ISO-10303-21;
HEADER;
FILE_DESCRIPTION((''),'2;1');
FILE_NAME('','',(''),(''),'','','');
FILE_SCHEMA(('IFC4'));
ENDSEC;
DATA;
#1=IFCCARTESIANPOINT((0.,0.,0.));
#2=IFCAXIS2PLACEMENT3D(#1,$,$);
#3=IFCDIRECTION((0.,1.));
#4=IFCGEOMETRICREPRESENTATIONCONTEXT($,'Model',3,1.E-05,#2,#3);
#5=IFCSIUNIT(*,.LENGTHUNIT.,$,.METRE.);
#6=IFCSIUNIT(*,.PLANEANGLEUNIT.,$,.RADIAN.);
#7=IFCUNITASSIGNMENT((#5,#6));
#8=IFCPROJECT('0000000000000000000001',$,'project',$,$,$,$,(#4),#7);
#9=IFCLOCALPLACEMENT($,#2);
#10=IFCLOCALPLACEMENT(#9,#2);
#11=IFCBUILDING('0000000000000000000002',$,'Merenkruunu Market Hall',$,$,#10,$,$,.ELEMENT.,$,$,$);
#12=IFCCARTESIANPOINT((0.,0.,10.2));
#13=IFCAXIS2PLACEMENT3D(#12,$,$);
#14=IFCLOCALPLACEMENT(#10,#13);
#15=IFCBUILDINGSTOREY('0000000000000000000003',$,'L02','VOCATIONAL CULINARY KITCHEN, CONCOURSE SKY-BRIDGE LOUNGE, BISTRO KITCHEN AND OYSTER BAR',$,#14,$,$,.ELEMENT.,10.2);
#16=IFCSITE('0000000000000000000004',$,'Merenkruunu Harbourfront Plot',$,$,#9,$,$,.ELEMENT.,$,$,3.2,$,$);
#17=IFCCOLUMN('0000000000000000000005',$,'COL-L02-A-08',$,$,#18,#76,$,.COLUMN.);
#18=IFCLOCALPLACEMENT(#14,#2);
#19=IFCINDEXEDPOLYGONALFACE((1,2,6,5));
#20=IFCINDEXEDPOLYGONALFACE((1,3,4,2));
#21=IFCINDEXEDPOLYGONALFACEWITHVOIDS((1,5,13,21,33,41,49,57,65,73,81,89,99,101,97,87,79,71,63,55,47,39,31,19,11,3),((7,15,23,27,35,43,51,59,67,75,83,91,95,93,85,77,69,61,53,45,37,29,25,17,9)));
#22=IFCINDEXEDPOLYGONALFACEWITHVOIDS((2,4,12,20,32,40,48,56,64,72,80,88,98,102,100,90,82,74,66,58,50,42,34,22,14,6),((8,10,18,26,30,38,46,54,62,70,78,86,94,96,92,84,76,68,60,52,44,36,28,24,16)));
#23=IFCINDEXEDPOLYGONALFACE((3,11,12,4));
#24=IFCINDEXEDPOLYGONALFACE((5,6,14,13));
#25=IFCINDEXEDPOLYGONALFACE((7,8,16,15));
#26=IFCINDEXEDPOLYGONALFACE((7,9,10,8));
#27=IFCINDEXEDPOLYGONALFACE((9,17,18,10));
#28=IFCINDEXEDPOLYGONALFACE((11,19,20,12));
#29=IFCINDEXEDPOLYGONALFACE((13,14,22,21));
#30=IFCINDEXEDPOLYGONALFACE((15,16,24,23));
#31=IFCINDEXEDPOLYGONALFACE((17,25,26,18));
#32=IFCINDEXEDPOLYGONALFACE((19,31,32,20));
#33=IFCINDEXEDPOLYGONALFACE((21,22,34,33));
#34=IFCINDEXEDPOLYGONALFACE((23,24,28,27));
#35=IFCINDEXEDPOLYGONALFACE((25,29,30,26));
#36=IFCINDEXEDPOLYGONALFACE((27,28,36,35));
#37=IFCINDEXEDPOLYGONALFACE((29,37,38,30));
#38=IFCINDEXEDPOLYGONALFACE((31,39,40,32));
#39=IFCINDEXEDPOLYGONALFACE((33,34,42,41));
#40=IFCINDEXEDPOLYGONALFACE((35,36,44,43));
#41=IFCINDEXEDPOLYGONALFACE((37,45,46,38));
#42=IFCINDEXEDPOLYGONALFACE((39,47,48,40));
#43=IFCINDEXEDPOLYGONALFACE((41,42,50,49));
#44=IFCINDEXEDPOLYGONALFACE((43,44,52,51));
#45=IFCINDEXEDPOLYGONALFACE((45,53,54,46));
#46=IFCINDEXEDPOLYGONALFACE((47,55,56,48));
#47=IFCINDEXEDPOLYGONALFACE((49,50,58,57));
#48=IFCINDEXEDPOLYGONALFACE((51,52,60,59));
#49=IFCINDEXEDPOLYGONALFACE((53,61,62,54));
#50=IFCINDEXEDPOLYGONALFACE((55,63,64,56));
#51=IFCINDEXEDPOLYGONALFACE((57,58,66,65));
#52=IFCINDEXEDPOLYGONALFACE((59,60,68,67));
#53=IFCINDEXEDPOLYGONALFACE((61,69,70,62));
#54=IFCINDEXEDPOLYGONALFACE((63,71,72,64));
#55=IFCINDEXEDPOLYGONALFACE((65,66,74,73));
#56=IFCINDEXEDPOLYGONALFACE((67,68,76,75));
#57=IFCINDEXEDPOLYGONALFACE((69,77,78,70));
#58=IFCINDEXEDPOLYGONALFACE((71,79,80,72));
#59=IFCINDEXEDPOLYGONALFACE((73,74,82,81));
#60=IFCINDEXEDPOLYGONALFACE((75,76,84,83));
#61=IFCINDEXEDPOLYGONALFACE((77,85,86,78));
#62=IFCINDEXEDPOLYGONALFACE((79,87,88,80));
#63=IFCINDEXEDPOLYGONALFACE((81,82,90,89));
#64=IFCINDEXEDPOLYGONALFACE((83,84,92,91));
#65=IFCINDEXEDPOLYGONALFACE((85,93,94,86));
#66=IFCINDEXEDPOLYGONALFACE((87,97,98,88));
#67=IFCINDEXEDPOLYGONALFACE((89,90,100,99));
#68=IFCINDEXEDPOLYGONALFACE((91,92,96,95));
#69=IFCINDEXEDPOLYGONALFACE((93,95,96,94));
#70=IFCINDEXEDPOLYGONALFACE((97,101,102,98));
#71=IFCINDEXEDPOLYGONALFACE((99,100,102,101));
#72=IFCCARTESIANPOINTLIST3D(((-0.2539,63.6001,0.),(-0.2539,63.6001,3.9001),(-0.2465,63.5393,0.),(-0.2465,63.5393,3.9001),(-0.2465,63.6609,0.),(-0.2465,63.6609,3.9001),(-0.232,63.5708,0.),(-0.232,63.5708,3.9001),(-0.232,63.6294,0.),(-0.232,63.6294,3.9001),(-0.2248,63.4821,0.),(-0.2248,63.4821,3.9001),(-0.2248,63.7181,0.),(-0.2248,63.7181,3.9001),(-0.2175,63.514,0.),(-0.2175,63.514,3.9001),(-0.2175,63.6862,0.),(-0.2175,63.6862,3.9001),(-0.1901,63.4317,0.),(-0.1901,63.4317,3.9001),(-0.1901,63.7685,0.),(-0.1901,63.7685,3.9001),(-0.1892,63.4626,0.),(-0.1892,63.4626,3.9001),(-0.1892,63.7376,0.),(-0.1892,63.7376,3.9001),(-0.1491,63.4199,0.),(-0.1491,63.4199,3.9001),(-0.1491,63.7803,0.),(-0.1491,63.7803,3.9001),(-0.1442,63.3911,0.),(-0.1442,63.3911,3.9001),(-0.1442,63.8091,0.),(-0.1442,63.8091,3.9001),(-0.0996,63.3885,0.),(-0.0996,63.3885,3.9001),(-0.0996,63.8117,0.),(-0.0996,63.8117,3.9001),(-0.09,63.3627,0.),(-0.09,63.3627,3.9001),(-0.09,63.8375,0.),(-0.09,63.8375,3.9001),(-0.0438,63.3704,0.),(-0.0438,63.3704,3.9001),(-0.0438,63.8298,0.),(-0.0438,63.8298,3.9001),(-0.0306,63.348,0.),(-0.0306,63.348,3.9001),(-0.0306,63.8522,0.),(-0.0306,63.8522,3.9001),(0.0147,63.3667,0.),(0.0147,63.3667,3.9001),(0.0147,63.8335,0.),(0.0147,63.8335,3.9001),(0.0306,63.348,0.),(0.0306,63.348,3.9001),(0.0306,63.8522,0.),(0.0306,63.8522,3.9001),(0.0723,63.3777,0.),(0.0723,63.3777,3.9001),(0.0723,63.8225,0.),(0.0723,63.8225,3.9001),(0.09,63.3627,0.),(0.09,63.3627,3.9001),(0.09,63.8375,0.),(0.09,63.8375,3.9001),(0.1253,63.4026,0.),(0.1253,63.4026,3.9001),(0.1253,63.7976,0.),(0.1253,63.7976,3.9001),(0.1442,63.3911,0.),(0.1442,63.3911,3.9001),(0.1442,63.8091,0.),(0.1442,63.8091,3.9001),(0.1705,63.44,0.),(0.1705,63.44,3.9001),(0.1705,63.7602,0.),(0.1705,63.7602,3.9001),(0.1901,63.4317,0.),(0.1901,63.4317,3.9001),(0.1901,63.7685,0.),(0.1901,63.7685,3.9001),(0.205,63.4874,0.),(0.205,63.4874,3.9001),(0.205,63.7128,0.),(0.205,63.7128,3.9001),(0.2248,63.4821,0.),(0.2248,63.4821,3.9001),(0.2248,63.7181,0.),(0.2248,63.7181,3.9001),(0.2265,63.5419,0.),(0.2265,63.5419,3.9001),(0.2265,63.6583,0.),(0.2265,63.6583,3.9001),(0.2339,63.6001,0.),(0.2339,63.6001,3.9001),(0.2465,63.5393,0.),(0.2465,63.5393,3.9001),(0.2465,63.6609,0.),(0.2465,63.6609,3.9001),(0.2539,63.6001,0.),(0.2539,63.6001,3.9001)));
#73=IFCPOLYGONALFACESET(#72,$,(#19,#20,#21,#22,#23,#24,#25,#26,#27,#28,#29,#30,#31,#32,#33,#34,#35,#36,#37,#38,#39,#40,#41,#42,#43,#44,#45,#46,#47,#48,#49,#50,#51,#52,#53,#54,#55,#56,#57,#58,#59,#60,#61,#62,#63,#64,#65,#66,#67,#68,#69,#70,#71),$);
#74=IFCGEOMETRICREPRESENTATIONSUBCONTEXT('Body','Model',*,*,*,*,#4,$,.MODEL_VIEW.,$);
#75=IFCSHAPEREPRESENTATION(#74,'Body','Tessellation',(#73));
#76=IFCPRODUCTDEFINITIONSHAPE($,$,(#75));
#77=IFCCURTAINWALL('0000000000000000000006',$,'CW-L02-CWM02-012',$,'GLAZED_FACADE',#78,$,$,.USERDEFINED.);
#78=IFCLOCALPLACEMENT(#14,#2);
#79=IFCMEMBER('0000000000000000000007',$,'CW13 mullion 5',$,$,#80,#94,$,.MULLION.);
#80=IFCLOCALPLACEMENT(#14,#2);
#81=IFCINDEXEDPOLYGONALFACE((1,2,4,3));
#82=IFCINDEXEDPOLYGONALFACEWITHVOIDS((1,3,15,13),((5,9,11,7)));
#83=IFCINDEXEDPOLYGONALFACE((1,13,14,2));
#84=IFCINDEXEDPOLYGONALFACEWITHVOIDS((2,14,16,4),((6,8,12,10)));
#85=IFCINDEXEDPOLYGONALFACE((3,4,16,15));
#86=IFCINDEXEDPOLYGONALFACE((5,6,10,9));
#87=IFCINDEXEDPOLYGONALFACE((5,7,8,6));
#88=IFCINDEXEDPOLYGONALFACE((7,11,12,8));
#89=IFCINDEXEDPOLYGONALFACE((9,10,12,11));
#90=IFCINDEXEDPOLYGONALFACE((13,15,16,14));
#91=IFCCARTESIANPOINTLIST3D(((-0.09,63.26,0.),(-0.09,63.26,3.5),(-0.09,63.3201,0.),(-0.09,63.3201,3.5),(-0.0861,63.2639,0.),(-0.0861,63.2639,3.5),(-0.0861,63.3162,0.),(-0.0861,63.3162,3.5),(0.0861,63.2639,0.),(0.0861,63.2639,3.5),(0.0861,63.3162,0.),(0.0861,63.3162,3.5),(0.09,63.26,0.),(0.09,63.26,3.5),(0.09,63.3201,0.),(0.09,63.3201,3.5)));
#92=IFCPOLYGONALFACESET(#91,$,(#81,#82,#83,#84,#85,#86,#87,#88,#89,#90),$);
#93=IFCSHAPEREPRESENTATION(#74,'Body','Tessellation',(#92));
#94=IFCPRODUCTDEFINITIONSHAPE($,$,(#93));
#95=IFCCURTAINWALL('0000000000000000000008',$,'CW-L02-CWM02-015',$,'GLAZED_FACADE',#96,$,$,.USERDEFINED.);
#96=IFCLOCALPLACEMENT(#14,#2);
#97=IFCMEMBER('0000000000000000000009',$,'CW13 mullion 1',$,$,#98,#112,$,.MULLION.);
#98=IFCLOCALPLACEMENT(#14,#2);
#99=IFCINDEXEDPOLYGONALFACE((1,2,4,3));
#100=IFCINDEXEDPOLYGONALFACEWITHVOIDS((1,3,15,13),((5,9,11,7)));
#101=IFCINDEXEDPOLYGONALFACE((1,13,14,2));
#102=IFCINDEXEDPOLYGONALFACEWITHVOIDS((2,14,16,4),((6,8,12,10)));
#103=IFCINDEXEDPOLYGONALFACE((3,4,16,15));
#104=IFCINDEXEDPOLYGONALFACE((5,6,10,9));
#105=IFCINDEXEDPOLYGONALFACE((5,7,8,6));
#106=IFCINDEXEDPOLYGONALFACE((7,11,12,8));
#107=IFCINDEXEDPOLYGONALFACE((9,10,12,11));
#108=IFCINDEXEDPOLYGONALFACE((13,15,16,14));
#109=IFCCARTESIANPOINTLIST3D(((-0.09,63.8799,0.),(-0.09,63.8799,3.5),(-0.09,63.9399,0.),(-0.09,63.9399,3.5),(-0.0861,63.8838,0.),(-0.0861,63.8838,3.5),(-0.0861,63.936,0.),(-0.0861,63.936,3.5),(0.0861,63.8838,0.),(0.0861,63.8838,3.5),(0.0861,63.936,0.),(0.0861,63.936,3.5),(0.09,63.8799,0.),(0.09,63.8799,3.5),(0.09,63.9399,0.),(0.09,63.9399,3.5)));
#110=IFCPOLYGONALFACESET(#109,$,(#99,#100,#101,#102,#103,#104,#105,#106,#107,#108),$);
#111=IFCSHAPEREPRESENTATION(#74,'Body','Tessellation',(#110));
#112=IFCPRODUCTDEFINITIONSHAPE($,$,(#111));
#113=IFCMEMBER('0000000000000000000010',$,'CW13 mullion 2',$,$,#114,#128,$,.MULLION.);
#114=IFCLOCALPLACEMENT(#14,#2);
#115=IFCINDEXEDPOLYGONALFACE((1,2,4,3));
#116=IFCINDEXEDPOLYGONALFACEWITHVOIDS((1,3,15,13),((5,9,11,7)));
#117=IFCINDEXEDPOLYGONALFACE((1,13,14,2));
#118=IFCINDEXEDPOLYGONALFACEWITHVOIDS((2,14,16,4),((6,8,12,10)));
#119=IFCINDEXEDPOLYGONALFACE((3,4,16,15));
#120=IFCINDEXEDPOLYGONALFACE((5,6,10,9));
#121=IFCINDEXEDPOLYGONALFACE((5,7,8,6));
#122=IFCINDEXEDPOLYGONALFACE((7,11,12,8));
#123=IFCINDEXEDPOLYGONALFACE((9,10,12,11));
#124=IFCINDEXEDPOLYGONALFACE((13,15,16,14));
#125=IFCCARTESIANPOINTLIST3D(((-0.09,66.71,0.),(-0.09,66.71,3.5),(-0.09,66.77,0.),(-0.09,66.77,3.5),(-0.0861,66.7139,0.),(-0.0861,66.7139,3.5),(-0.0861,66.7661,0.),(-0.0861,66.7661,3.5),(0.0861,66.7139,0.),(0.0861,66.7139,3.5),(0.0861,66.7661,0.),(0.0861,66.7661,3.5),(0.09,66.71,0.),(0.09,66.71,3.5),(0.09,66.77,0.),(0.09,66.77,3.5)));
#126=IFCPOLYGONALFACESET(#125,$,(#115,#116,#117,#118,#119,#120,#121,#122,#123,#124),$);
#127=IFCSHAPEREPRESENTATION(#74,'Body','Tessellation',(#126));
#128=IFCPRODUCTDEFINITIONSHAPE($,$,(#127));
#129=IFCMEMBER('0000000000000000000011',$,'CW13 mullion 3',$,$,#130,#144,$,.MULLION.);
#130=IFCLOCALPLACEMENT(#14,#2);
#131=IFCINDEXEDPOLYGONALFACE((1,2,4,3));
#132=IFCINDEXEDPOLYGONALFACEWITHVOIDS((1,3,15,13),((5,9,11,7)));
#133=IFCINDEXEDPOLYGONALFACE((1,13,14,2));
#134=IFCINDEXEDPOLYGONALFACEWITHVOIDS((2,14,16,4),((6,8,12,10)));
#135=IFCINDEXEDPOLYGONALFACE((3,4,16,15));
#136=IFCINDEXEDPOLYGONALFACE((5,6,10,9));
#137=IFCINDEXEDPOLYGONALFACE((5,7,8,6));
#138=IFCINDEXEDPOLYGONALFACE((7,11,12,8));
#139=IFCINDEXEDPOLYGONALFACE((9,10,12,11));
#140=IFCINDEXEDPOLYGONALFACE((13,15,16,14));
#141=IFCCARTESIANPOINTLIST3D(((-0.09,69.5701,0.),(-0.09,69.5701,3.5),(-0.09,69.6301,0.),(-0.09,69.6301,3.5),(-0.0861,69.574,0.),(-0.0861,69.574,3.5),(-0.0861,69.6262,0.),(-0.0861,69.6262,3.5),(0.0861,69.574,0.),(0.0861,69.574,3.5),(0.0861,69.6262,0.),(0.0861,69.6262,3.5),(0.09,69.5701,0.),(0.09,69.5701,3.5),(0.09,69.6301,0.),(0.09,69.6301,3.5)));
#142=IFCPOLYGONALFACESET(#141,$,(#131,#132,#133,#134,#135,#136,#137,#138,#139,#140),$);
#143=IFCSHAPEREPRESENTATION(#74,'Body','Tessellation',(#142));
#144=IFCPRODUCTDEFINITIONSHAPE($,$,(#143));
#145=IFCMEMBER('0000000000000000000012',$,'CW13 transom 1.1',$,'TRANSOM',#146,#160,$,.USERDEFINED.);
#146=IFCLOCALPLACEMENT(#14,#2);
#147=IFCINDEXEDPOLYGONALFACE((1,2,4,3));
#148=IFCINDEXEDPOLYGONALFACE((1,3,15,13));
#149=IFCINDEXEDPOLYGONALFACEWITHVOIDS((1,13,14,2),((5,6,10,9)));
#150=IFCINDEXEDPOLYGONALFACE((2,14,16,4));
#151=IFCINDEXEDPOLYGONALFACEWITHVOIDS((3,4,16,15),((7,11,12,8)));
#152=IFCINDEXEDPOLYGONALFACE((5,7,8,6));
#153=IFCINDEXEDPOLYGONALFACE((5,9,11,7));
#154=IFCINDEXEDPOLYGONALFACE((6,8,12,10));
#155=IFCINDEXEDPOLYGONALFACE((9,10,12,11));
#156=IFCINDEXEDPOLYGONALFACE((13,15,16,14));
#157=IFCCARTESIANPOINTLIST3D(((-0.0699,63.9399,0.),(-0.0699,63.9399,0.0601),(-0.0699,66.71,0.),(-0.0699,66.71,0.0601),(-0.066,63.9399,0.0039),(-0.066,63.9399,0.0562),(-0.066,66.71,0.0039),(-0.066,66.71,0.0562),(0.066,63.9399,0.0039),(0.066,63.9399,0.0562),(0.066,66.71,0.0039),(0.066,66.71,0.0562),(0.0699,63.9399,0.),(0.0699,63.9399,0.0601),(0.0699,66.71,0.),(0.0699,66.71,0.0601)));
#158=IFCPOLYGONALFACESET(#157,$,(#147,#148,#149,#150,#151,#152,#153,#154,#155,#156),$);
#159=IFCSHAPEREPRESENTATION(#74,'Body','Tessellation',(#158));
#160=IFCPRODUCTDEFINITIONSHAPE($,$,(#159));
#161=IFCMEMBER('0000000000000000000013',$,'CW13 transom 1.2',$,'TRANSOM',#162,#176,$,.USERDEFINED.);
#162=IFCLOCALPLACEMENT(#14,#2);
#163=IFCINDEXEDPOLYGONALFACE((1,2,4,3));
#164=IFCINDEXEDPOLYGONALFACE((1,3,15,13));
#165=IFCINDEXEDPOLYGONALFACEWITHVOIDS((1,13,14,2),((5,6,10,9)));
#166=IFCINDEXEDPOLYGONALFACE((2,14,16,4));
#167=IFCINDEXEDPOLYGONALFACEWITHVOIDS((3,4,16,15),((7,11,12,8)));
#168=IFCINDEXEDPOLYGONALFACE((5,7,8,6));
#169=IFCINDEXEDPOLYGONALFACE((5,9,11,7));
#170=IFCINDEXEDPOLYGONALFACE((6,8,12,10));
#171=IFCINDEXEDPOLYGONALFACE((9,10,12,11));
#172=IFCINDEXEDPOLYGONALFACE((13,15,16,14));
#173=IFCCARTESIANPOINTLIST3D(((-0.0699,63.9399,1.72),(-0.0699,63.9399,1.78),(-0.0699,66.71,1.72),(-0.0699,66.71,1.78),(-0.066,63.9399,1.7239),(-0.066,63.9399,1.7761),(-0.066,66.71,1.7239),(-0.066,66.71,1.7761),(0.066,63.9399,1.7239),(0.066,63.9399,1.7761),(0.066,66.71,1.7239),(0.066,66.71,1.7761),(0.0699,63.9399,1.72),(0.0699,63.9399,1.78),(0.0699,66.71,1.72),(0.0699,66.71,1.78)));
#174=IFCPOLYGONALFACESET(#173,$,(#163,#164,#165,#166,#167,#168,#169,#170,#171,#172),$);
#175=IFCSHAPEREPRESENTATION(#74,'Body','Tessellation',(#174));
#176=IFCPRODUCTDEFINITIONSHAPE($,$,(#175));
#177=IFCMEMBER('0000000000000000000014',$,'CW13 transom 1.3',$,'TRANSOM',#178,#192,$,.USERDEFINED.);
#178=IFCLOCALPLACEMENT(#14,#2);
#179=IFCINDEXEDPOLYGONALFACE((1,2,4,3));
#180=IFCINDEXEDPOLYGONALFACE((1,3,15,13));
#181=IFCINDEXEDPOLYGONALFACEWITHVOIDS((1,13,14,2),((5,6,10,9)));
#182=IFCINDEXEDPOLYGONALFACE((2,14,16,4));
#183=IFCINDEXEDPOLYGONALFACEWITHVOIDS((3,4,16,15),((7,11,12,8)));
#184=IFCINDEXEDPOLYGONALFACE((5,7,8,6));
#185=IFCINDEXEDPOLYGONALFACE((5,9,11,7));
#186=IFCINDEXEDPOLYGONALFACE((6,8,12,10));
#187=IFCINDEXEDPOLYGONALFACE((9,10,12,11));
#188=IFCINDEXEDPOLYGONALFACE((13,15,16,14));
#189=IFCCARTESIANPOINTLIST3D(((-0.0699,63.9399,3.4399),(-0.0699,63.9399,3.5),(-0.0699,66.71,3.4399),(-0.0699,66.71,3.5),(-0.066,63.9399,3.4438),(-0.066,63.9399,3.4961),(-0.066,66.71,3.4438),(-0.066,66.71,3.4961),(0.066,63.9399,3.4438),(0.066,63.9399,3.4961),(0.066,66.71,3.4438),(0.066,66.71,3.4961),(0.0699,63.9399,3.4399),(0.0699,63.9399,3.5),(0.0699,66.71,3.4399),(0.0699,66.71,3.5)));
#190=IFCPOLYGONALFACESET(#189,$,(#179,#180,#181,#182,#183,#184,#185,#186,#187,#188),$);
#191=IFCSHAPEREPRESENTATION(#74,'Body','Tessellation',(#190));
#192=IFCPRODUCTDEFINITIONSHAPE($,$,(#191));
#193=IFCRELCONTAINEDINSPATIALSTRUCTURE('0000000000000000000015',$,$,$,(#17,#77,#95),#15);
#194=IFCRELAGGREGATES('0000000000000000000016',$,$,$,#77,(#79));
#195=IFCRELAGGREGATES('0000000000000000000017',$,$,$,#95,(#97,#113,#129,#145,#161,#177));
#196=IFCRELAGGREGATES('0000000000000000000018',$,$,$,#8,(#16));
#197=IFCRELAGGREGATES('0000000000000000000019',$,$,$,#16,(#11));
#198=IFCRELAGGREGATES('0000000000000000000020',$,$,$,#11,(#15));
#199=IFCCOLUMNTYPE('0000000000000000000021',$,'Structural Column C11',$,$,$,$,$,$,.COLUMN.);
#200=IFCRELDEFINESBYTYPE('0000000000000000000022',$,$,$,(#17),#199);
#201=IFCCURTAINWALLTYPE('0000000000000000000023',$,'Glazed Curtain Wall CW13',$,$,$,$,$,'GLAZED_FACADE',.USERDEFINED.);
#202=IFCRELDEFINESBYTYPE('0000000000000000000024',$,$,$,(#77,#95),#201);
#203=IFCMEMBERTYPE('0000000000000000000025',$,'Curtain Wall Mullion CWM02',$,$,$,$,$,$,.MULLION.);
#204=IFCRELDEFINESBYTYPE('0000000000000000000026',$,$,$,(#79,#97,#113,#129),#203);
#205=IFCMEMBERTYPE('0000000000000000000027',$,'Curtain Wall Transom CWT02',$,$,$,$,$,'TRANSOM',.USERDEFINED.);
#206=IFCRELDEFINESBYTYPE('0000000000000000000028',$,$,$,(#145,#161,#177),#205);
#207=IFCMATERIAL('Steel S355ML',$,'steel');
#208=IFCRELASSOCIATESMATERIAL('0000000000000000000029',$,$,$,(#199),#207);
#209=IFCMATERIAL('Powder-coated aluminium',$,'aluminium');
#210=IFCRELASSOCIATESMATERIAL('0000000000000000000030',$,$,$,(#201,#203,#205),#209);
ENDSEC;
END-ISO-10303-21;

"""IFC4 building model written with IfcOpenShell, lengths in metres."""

from ifc_helpers import new_model, si_unit, direction, frame, origin, origin_2d, place, context, subcontext, project, spatial, hollow_rectangle, hollow_circle, extrude, material, material_profile, profile_set, type_object, element, aggregate, save


model = new_model("IFC4")

# Units and contexts
model_context = context("Model", 3, precision=1e-05, world=origin(), true_north=direction((0.0, 1.0)))
body_context = subcontext(model_context, "Body", "Model", "MODEL_VIEW")
ifc_project = project(units=[si_unit("LENGTHUNIT", "METRE"), si_unit("PLANEANGLEUNIT", "RADIAN")], contexts=[model_context])

# Site, building, storey
site_placement = place(None, origin())
site = spatial("IfcSite", under=ifc_project, at=site_placement, Name="Merenkruunu Harbourfront Plot", CompositionType="ELEMENT", RefElevation=3.2)
building_placement = place(site_placement, origin())
building = spatial("IfcBuilding", under=site, at=building_placement, Name="Merenkruunu Market Hall", CompositionType="ELEMENT")
storey_placement = place(building_placement, frame((0.0, 0.0, 10.2)))
storey = spatial("IfcBuildingStorey", under=building, at=storey_placement, Name="L02", Description="VOCATIONAL CULINARY KITCHEN, CONCOURSE SKY-BRIDGE LOUNGE, BISTRO KITCHEN AND OYSTER BAR", CompositionType="ELEMENT", Elevation=10.2)

# Column
ifc_material_1 = material(Name="Steel S355ML", Category="steel")
ifc_material_profile_1 = material_profile(ifc_material_1, hollow_circle(Radius=0.2539, WallThickness=0.02, at=origin_2d()), Name="CHS 508x20")
ifc_profile_set_1 = profile_set([ifc_material_profile_1], Name="Steel S355ML")
column_type = type_object("IfcColumnType", Name="Structural Column C11", PredefinedType="COLUMN", material=ifc_profile_set_1)
column_placement = place(storey_placement, frame((0.0, 63.6001, 0.0), z_axis=(0.0, 0.0, 1.0), x_axis=(1.0, 0.0, 0.0)))
element("IfcColumn", 1, at=column_placement, inside=storey, type_object=column_type, Name="COL-L02-A-08", PredefinedType="COLUMN", context=body_context, shape_type="SweptSolid", body=[
    extrude(hollow_circle(Radius=0.2539, WallThickness=0.02, at=origin_2d()), origin(), (0.0, 0.0, 1.0), 3.9001),
])

# Curtain wall, member
ifc_material_2 = material(Name="Powder-coated aluminium", Category="aluminium")
curtain_wall_type = type_object("IfcCurtainWallType", Name="Glazed Curtain Wall CW13", ElementType="GLAZED_FACADE", PredefinedType="USERDEFINED", material=ifc_material_2)
curtain_wall_1_placement = place(storey_placement, origin())
curtain_wall_1 = element("IfcCurtainWall", 2, at=curtain_wall_1_placement, inside=storey, type_object=curtain_wall_type, Name="CW-L02-CWM02-012", ObjectType="GLAZED_FACADE", PredefinedType="USERDEFINED")
ifc_material_profile_2 = material_profile(ifc_material_2, hollow_rectangle(XDim=0.0601, YDim=0.1799, WallThickness=0.0039, at=origin_2d()), Name="ALU 60x180x4")
ifc_profile_set_2 = profile_set([ifc_material_profile_2], Name="Powder-coated aluminium")
member_type_1 = type_object("IfcMemberType", Name="Curtain Wall Mullion CWM02", PredefinedType="MULLION", material=ifc_profile_set_2)
member_1_placement = place(storey_placement, frame((0.0, 63.29, 0.0), z_axis=(0.0, 0.0, 1.0), x_axis=(0.0, 1.0, 0.0)))
member_1 = element("IfcMember", 3, at=member_1_placement, type_object=member_type_1, Name="CW13 mullion 5", PredefinedType="MULLION", context=body_context, shape_type="SweptSolid", body=[
    extrude(hollow_rectangle(XDim=0.0601, YDim=0.1799, WallThickness=0.0039, at=origin_2d()), origin(), (0.0, 0.0, 1.0), 3.5),
])

# Curtain wall, members
curtain_wall_2_placement = place(storey_placement, origin())
curtain_wall_2 = element("IfcCurtainWall", 4, at=curtain_wall_2_placement, inside=storey, type_object=curtain_wall_type, Name="CW-L02-CWM02-015", ObjectType="GLAZED_FACADE", PredefinedType="USERDEFINED")
member_2_placement = place(storey_placement, frame((0.0, 63.9099, 0.0), z_axis=(0.0, 0.0, 1.0), x_axis=(0.0, 1.0, 0.0)))
member_2 = element("IfcMember", 5, at=member_2_placement, type_object=member_type_1, Name="CW13 mullion 1", PredefinedType="MULLION", context=body_context, shape_type="SweptSolid", body=[
    extrude(hollow_rectangle(XDim=0.0601, YDim=0.1799, WallThickness=0.0039, at=origin_2d()), origin(), (0.0, 0.0, 1.0), 3.5),
])
member_3_placement = place(storey_placement, frame((0.0, 66.74, 0.0), z_axis=(0.0, 0.0, 1.0), x_axis=(0.0, 1.0, 0.0)))
member_3 = element("IfcMember", 6, at=member_3_placement, type_object=member_type_1, Name="CW13 mullion 2", PredefinedType="MULLION", context=body_context, shape_type="SweptSolid", body=[
    extrude(hollow_rectangle(XDim=0.0601, YDim=0.1799, WallThickness=0.0039, at=origin_2d()), origin(), (0.0, 0.0, 1.0), 3.5),
])
member_4_placement = place(storey_placement, frame((0.0, 69.6001, 0.0), z_axis=(0.0, 0.0, 1.0), x_axis=(0.0, 1.0, 0.0)))
member_4 = element("IfcMember", 7, at=member_4_placement, type_object=member_type_1, Name="CW13 mullion 3", PredefinedType="MULLION", context=body_context, shape_type="SweptSolid", body=[
    extrude(hollow_rectangle(XDim=0.0601, YDim=0.1799, WallThickness=0.0039, at=origin_2d()), origin(), (0.0, 0.0, 1.0), 3.5),
])
ifc_material_profile_3 = material_profile(ifc_material_2, hollow_rectangle(XDim=0.0601, YDim=0.1399, WallThickness=0.0039, at=origin_2d()), Name="ALU 60x140x4")
ifc_profile_set_3 = profile_set([ifc_material_profile_3], Name="Powder-coated aluminium")
member_type_2 = type_object("IfcMemberType", Name="Curtain Wall Transom CWT02", ElementType="TRANSOM", PredefinedType="USERDEFINED", material=ifc_profile_set_3)
member_5_placement = place(storey_placement, frame((0.0, 63.9399, 0.03), z_axis=(0.0, 1.0, 0.0), x_axis=(0.0, 0.0, 1.0)))
member_5 = element("IfcMember", 8, at=member_5_placement, type_object=member_type_2, Name="CW13 transom 1.1", ObjectType="TRANSOM", PredefinedType="USERDEFINED", context=body_context, shape_type="SweptSolid", body=[
    extrude(hollow_rectangle(XDim=0.0601, YDim=0.1399, WallThickness=0.0039, at=origin_2d()), origin(), (0.0, 0.0, 1.0), 2.77),
])
member_6_placement = place(storey_placement, frame((0.0, 63.9399, 1.75), z_axis=(0.0, 1.0, 0.0), x_axis=(0.0, 0.0, 1.0)))
member_6 = element("IfcMember", 9, at=member_6_placement, type_object=member_type_2, Name="CW13 transom 1.2", ObjectType="TRANSOM", PredefinedType="USERDEFINED", context=body_context, shape_type="SweptSolid", body=[
    extrude(hollow_rectangle(XDim=0.0601, YDim=0.1399, WallThickness=0.0039, at=origin_2d()), origin(), (0.0, 0.0, 1.0), 2.77),
])
member_7_placement = place(storey_placement, frame((0.0, 63.9399, 3.47), z_axis=(0.0, 1.0, 0.0), x_axis=(0.0, 0.0, 1.0)))
member_7 = element("IfcMember", 10, at=member_7_placement, type_object=member_type_2, Name="CW13 transom 1.3", ObjectType="TRANSOM", PredefinedType="USERDEFINED", context=body_context, shape_type="SweptSolid", body=[
    extrude(hollow_rectangle(XDim=0.0601, YDim=0.1399, WallThickness=0.0039, at=origin_2d()), origin(), (0.0, 0.0, 1.0), 2.77),
])

aggregate(curtain_wall_1, [member_1])
aggregate(curtain_wall_2, [member_2, member_3, member_4, member_5, member_6, member_7])

save(model, "model.ifc")
